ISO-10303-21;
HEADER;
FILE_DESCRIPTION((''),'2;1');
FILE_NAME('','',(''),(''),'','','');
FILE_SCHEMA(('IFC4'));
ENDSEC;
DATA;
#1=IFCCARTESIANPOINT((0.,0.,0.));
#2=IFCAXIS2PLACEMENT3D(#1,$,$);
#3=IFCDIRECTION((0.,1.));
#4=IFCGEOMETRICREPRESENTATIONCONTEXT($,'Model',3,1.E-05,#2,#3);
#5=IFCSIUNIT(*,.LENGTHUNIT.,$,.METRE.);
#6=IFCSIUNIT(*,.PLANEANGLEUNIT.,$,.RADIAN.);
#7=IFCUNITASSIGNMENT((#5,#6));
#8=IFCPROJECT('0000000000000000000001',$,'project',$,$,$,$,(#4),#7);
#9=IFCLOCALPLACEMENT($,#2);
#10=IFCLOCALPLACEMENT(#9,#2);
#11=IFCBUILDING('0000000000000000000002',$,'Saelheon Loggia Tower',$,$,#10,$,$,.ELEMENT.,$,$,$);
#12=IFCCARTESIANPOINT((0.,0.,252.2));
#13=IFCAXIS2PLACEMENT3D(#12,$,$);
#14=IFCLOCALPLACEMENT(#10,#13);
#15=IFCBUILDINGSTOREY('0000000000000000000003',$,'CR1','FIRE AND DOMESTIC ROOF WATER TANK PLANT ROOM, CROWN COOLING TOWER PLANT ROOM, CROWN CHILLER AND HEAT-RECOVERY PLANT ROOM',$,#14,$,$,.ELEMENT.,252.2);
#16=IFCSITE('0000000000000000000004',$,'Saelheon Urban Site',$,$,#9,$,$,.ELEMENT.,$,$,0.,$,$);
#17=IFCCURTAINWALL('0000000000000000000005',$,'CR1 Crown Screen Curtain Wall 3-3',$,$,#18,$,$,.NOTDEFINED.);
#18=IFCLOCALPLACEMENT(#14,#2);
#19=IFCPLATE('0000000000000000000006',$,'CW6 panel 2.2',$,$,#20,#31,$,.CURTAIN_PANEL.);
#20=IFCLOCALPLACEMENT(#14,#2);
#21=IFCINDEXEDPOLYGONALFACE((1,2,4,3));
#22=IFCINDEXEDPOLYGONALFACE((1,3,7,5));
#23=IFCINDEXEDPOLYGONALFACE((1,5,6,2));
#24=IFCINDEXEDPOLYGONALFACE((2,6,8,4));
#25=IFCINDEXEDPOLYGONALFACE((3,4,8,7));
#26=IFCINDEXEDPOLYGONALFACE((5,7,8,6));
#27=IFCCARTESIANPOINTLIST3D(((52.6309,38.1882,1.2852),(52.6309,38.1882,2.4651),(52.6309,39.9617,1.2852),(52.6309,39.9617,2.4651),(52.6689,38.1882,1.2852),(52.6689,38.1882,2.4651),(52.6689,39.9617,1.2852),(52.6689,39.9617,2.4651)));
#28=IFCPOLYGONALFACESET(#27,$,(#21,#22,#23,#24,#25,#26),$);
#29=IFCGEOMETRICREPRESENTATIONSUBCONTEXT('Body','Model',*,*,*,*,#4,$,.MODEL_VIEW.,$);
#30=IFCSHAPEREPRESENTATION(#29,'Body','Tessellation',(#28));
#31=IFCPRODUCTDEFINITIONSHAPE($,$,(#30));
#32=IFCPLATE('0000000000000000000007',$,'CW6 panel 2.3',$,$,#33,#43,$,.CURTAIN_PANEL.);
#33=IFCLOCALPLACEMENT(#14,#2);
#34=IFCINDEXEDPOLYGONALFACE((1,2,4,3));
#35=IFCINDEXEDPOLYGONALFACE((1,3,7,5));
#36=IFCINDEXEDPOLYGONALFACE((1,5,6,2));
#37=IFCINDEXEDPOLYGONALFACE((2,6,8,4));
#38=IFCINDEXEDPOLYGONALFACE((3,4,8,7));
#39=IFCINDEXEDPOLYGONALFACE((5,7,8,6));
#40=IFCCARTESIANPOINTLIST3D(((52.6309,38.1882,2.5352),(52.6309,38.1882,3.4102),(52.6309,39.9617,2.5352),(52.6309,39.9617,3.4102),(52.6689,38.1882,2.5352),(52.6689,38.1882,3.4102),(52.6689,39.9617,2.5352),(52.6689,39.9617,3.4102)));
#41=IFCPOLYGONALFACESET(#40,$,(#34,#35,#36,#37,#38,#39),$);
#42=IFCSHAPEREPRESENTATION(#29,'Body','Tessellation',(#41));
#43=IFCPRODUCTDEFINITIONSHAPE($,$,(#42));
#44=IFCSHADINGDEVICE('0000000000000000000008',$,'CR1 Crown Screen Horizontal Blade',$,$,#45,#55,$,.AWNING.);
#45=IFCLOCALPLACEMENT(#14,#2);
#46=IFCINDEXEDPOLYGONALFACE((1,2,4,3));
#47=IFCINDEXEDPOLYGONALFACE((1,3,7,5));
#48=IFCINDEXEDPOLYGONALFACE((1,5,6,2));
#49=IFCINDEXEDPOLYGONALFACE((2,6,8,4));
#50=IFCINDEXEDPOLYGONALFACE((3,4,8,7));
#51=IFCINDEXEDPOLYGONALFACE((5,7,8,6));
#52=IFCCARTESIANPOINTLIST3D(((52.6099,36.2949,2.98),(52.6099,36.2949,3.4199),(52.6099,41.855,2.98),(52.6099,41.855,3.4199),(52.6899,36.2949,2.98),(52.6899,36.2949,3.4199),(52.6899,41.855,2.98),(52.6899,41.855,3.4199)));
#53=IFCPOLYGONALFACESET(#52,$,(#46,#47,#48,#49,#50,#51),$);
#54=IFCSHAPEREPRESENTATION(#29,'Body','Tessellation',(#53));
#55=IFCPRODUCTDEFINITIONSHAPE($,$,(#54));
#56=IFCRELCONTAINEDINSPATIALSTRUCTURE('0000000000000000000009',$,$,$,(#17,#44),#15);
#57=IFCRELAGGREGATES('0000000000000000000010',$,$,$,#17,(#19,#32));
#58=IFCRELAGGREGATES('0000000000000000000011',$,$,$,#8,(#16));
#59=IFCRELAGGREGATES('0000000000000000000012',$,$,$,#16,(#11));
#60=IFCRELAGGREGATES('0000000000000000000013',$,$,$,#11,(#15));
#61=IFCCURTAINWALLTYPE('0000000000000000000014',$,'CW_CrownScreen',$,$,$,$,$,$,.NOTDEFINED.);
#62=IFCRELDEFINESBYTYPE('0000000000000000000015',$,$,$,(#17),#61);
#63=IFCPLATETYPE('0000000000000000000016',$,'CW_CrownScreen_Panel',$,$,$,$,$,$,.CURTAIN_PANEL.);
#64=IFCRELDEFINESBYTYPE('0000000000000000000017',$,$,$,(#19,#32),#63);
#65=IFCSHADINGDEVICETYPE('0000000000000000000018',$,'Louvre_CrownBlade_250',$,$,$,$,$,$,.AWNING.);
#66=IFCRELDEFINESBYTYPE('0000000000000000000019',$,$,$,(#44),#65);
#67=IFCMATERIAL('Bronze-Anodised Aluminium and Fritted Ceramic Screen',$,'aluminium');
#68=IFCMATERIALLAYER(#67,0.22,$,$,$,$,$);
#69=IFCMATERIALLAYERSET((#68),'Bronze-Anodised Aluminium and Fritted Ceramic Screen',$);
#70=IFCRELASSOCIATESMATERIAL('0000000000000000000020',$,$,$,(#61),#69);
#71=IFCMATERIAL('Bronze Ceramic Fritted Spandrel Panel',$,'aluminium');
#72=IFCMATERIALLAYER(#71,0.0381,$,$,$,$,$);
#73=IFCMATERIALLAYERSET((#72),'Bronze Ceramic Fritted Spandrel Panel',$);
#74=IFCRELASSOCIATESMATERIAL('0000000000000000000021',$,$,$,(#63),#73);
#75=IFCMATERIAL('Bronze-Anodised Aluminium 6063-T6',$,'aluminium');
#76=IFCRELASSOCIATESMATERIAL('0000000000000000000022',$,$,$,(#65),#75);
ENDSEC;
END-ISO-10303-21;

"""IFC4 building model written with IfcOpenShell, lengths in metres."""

from ifc_helpers import new_model, si_unit, direction, frame, origin, origin_2d, place, context, subcontext, project, spatial, rectangle, extrude, source, transform, mapped, material, layer, layer_set, material_profile, profile_set, type_object, element, aggregate, save


model = new_model("IFC4")

# Units and contexts
model_context = context("Model", 3, precision=1e-05, world=origin(), true_north=direction((0.0, 1.0)))
body_context = subcontext(model_context, "Body", "Model", "MODEL_VIEW")
ifc_project = project(units=[si_unit("LENGTHUNIT", "METRE"), si_unit("PLANEANGLEUNIT", "RADIAN")], contexts=[model_context])

# Site, building, storey
site_placement = place(None, origin())
site = spatial("IfcSite", under=ifc_project, at=site_placement, Name="Saelheon Urban Site", CompositionType="ELEMENT", RefElevation=0.0)
building_placement = place(site_placement, origin())
building = spatial("IfcBuilding", under=site, at=building_placement, Name="Saelheon Loggia Tower", CompositionType="ELEMENT")
storey_placement = place(building_placement, frame((0.0, 0.0, 252.2)))
storey = spatial("IfcBuildingStorey", under=building, at=storey_placement, Name="CR1", Description="FIRE AND DOMESTIC ROOF WATER TANK PLANT ROOM, CROWN COOLING TOWER PLANT ROOM, CROWN CHILLER AND HEAT-RECOVERY PLANT ROOM", CompositionType="ELEMENT", Elevation=252.2)

# Curtain wall, plates
ifc_material_1 = material(Name="Bronze-Anodised Aluminium and Fritted Ceramic Screen", Category="aluminium")
ifc_layer_1 = layer(ifc_material_1, 0.22)
ifc_layer_set_1 = layer_set([ifc_layer_1], Name="Bronze-Anodised Aluminium and Fritted Ceramic Screen")
curtain_wall_type = type_object("IfcCurtainWallType", Name="CW_CrownScreen", PredefinedType="NOTDEFINED", material=ifc_layer_set_1)
curtain_wall_placement = place(storey_placement, origin())
curtain_wall = element("IfcCurtainWall", 1, at=curtain_wall_placement, inside=storey, type_object=curtain_wall_type, Name="CR1 Crown Screen Curtain Wall 3-3", PredefinedType="NOTDEFINED")
ifc_material_2 = material(Name="Bronze-Anodised Aluminium 6063-T6", Category="aluminium")
ifc_material_3 = material(Name="Bronze Ceramic Fritted Spandrel Panel", Category="aluminium")
ifc_layer_2 = layer(ifc_material_3, 0.0381)
ifc_layer_set_2 = layer_set([ifc_layer_2], Name="Bronze Ceramic Fritted Spandrel Panel")
plate_type = type_object("IfcPlateType", Name="CW_CrownScreen_Panel", PredefinedType="CURTAIN_PANEL", material=ifc_layer_set_2)
shared_shape_1 = source(origin(), body_context, "Body", "SweptSolid", [
    extrude(rectangle(XDim=1.7734, YDim=0.0381, at=origin_2d()), origin(), (0.0, 0.0, 1.0), 1.1799),
])
plate_1_placement = place(storey_placement, frame((52.6499, 39.075, 1.2852), z_axis=(0.0, 0.0, 1.0), x_axis=(0.0, 1.0, 0.0)))
plate_1 = element("IfcPlate", 2, at=plate_1_placement, type_object=plate_type, Name="CW6 panel 2.2", PredefinedType="CURTAIN_PANEL", context=body_context, shape_type="MappedRepresentation", body=[
    mapped(shared_shape_1, transform((0.0, 0.0, 0.0), scale=1.0)),
])
shared_shape_2 = source(origin(), body_context, "Body", "SweptSolid", [
    extrude(rectangle(XDim=1.7734, YDim=0.0381, at=origin_2d()), origin(), (0.0, 0.0, 1.0), 0.875),
])
plate_2_placement = place(storey_placement, frame((52.6499, 39.075, 2.5352), z_axis=(0.0, 0.0, 1.0), x_axis=(0.0, 1.0, 0.0)))
plate_2 = element("IfcPlate", 3, at=plate_2_placement, type_object=plate_type, Name="CW6 panel 2.3", PredefinedType="CURTAIN_PANEL", context=body_context, shape_type="MappedRepresentation", body=[
    mapped(shared_shape_2, transform((0.0, 0.0, 0.0), scale=1.0)),
])
aggregate(curtain_wall, [plate_1, plate_2])

# Shading device
ifc_material_profile_1 = material_profile(ifc_material_2, rectangle(XDim=0.0801, YDim=0.4399, at=origin_2d()), Name="Louvre_CrownBlade_250")
ifc_profile_set_1 = profile_set([ifc_material_profile_1], Name="Bronze-Anodised Aluminium 6063-T6")
shading_device_type = type_object("IfcShadingDeviceType", Name="Louvre_CrownBlade_250", PredefinedType="AWNING", material=ifc_profile_set_1)
shared_shape_3 = source(origin(), body_context, "Body", "SweptSolid", [
    extrude(rectangle(XDim=0.0801, YDim=0.4399, at=origin_2d()), origin(), (0.0, 0.0, 1.0), 5.5601),
])
shading_device_placement = place(storey_placement, frame((52.6499, 36.2949, 3.2), z_axis=(0.0, 1.0, 0.0), x_axis=(-1.0, 0.0, 0.0)))
element("IfcShadingDevice", 4, at=shading_device_placement, inside=storey, type_object=shading_device_type, Name="CR1 Crown Screen Horizontal Blade", PredefinedType="AWNING", context=body_context, shape_type="MappedRepresentation", body=[
    mapped(shared_shape_3, transform((0.0, 0.0, 0.0), scale=1.0)),
])

save(model, "model.ifc")
